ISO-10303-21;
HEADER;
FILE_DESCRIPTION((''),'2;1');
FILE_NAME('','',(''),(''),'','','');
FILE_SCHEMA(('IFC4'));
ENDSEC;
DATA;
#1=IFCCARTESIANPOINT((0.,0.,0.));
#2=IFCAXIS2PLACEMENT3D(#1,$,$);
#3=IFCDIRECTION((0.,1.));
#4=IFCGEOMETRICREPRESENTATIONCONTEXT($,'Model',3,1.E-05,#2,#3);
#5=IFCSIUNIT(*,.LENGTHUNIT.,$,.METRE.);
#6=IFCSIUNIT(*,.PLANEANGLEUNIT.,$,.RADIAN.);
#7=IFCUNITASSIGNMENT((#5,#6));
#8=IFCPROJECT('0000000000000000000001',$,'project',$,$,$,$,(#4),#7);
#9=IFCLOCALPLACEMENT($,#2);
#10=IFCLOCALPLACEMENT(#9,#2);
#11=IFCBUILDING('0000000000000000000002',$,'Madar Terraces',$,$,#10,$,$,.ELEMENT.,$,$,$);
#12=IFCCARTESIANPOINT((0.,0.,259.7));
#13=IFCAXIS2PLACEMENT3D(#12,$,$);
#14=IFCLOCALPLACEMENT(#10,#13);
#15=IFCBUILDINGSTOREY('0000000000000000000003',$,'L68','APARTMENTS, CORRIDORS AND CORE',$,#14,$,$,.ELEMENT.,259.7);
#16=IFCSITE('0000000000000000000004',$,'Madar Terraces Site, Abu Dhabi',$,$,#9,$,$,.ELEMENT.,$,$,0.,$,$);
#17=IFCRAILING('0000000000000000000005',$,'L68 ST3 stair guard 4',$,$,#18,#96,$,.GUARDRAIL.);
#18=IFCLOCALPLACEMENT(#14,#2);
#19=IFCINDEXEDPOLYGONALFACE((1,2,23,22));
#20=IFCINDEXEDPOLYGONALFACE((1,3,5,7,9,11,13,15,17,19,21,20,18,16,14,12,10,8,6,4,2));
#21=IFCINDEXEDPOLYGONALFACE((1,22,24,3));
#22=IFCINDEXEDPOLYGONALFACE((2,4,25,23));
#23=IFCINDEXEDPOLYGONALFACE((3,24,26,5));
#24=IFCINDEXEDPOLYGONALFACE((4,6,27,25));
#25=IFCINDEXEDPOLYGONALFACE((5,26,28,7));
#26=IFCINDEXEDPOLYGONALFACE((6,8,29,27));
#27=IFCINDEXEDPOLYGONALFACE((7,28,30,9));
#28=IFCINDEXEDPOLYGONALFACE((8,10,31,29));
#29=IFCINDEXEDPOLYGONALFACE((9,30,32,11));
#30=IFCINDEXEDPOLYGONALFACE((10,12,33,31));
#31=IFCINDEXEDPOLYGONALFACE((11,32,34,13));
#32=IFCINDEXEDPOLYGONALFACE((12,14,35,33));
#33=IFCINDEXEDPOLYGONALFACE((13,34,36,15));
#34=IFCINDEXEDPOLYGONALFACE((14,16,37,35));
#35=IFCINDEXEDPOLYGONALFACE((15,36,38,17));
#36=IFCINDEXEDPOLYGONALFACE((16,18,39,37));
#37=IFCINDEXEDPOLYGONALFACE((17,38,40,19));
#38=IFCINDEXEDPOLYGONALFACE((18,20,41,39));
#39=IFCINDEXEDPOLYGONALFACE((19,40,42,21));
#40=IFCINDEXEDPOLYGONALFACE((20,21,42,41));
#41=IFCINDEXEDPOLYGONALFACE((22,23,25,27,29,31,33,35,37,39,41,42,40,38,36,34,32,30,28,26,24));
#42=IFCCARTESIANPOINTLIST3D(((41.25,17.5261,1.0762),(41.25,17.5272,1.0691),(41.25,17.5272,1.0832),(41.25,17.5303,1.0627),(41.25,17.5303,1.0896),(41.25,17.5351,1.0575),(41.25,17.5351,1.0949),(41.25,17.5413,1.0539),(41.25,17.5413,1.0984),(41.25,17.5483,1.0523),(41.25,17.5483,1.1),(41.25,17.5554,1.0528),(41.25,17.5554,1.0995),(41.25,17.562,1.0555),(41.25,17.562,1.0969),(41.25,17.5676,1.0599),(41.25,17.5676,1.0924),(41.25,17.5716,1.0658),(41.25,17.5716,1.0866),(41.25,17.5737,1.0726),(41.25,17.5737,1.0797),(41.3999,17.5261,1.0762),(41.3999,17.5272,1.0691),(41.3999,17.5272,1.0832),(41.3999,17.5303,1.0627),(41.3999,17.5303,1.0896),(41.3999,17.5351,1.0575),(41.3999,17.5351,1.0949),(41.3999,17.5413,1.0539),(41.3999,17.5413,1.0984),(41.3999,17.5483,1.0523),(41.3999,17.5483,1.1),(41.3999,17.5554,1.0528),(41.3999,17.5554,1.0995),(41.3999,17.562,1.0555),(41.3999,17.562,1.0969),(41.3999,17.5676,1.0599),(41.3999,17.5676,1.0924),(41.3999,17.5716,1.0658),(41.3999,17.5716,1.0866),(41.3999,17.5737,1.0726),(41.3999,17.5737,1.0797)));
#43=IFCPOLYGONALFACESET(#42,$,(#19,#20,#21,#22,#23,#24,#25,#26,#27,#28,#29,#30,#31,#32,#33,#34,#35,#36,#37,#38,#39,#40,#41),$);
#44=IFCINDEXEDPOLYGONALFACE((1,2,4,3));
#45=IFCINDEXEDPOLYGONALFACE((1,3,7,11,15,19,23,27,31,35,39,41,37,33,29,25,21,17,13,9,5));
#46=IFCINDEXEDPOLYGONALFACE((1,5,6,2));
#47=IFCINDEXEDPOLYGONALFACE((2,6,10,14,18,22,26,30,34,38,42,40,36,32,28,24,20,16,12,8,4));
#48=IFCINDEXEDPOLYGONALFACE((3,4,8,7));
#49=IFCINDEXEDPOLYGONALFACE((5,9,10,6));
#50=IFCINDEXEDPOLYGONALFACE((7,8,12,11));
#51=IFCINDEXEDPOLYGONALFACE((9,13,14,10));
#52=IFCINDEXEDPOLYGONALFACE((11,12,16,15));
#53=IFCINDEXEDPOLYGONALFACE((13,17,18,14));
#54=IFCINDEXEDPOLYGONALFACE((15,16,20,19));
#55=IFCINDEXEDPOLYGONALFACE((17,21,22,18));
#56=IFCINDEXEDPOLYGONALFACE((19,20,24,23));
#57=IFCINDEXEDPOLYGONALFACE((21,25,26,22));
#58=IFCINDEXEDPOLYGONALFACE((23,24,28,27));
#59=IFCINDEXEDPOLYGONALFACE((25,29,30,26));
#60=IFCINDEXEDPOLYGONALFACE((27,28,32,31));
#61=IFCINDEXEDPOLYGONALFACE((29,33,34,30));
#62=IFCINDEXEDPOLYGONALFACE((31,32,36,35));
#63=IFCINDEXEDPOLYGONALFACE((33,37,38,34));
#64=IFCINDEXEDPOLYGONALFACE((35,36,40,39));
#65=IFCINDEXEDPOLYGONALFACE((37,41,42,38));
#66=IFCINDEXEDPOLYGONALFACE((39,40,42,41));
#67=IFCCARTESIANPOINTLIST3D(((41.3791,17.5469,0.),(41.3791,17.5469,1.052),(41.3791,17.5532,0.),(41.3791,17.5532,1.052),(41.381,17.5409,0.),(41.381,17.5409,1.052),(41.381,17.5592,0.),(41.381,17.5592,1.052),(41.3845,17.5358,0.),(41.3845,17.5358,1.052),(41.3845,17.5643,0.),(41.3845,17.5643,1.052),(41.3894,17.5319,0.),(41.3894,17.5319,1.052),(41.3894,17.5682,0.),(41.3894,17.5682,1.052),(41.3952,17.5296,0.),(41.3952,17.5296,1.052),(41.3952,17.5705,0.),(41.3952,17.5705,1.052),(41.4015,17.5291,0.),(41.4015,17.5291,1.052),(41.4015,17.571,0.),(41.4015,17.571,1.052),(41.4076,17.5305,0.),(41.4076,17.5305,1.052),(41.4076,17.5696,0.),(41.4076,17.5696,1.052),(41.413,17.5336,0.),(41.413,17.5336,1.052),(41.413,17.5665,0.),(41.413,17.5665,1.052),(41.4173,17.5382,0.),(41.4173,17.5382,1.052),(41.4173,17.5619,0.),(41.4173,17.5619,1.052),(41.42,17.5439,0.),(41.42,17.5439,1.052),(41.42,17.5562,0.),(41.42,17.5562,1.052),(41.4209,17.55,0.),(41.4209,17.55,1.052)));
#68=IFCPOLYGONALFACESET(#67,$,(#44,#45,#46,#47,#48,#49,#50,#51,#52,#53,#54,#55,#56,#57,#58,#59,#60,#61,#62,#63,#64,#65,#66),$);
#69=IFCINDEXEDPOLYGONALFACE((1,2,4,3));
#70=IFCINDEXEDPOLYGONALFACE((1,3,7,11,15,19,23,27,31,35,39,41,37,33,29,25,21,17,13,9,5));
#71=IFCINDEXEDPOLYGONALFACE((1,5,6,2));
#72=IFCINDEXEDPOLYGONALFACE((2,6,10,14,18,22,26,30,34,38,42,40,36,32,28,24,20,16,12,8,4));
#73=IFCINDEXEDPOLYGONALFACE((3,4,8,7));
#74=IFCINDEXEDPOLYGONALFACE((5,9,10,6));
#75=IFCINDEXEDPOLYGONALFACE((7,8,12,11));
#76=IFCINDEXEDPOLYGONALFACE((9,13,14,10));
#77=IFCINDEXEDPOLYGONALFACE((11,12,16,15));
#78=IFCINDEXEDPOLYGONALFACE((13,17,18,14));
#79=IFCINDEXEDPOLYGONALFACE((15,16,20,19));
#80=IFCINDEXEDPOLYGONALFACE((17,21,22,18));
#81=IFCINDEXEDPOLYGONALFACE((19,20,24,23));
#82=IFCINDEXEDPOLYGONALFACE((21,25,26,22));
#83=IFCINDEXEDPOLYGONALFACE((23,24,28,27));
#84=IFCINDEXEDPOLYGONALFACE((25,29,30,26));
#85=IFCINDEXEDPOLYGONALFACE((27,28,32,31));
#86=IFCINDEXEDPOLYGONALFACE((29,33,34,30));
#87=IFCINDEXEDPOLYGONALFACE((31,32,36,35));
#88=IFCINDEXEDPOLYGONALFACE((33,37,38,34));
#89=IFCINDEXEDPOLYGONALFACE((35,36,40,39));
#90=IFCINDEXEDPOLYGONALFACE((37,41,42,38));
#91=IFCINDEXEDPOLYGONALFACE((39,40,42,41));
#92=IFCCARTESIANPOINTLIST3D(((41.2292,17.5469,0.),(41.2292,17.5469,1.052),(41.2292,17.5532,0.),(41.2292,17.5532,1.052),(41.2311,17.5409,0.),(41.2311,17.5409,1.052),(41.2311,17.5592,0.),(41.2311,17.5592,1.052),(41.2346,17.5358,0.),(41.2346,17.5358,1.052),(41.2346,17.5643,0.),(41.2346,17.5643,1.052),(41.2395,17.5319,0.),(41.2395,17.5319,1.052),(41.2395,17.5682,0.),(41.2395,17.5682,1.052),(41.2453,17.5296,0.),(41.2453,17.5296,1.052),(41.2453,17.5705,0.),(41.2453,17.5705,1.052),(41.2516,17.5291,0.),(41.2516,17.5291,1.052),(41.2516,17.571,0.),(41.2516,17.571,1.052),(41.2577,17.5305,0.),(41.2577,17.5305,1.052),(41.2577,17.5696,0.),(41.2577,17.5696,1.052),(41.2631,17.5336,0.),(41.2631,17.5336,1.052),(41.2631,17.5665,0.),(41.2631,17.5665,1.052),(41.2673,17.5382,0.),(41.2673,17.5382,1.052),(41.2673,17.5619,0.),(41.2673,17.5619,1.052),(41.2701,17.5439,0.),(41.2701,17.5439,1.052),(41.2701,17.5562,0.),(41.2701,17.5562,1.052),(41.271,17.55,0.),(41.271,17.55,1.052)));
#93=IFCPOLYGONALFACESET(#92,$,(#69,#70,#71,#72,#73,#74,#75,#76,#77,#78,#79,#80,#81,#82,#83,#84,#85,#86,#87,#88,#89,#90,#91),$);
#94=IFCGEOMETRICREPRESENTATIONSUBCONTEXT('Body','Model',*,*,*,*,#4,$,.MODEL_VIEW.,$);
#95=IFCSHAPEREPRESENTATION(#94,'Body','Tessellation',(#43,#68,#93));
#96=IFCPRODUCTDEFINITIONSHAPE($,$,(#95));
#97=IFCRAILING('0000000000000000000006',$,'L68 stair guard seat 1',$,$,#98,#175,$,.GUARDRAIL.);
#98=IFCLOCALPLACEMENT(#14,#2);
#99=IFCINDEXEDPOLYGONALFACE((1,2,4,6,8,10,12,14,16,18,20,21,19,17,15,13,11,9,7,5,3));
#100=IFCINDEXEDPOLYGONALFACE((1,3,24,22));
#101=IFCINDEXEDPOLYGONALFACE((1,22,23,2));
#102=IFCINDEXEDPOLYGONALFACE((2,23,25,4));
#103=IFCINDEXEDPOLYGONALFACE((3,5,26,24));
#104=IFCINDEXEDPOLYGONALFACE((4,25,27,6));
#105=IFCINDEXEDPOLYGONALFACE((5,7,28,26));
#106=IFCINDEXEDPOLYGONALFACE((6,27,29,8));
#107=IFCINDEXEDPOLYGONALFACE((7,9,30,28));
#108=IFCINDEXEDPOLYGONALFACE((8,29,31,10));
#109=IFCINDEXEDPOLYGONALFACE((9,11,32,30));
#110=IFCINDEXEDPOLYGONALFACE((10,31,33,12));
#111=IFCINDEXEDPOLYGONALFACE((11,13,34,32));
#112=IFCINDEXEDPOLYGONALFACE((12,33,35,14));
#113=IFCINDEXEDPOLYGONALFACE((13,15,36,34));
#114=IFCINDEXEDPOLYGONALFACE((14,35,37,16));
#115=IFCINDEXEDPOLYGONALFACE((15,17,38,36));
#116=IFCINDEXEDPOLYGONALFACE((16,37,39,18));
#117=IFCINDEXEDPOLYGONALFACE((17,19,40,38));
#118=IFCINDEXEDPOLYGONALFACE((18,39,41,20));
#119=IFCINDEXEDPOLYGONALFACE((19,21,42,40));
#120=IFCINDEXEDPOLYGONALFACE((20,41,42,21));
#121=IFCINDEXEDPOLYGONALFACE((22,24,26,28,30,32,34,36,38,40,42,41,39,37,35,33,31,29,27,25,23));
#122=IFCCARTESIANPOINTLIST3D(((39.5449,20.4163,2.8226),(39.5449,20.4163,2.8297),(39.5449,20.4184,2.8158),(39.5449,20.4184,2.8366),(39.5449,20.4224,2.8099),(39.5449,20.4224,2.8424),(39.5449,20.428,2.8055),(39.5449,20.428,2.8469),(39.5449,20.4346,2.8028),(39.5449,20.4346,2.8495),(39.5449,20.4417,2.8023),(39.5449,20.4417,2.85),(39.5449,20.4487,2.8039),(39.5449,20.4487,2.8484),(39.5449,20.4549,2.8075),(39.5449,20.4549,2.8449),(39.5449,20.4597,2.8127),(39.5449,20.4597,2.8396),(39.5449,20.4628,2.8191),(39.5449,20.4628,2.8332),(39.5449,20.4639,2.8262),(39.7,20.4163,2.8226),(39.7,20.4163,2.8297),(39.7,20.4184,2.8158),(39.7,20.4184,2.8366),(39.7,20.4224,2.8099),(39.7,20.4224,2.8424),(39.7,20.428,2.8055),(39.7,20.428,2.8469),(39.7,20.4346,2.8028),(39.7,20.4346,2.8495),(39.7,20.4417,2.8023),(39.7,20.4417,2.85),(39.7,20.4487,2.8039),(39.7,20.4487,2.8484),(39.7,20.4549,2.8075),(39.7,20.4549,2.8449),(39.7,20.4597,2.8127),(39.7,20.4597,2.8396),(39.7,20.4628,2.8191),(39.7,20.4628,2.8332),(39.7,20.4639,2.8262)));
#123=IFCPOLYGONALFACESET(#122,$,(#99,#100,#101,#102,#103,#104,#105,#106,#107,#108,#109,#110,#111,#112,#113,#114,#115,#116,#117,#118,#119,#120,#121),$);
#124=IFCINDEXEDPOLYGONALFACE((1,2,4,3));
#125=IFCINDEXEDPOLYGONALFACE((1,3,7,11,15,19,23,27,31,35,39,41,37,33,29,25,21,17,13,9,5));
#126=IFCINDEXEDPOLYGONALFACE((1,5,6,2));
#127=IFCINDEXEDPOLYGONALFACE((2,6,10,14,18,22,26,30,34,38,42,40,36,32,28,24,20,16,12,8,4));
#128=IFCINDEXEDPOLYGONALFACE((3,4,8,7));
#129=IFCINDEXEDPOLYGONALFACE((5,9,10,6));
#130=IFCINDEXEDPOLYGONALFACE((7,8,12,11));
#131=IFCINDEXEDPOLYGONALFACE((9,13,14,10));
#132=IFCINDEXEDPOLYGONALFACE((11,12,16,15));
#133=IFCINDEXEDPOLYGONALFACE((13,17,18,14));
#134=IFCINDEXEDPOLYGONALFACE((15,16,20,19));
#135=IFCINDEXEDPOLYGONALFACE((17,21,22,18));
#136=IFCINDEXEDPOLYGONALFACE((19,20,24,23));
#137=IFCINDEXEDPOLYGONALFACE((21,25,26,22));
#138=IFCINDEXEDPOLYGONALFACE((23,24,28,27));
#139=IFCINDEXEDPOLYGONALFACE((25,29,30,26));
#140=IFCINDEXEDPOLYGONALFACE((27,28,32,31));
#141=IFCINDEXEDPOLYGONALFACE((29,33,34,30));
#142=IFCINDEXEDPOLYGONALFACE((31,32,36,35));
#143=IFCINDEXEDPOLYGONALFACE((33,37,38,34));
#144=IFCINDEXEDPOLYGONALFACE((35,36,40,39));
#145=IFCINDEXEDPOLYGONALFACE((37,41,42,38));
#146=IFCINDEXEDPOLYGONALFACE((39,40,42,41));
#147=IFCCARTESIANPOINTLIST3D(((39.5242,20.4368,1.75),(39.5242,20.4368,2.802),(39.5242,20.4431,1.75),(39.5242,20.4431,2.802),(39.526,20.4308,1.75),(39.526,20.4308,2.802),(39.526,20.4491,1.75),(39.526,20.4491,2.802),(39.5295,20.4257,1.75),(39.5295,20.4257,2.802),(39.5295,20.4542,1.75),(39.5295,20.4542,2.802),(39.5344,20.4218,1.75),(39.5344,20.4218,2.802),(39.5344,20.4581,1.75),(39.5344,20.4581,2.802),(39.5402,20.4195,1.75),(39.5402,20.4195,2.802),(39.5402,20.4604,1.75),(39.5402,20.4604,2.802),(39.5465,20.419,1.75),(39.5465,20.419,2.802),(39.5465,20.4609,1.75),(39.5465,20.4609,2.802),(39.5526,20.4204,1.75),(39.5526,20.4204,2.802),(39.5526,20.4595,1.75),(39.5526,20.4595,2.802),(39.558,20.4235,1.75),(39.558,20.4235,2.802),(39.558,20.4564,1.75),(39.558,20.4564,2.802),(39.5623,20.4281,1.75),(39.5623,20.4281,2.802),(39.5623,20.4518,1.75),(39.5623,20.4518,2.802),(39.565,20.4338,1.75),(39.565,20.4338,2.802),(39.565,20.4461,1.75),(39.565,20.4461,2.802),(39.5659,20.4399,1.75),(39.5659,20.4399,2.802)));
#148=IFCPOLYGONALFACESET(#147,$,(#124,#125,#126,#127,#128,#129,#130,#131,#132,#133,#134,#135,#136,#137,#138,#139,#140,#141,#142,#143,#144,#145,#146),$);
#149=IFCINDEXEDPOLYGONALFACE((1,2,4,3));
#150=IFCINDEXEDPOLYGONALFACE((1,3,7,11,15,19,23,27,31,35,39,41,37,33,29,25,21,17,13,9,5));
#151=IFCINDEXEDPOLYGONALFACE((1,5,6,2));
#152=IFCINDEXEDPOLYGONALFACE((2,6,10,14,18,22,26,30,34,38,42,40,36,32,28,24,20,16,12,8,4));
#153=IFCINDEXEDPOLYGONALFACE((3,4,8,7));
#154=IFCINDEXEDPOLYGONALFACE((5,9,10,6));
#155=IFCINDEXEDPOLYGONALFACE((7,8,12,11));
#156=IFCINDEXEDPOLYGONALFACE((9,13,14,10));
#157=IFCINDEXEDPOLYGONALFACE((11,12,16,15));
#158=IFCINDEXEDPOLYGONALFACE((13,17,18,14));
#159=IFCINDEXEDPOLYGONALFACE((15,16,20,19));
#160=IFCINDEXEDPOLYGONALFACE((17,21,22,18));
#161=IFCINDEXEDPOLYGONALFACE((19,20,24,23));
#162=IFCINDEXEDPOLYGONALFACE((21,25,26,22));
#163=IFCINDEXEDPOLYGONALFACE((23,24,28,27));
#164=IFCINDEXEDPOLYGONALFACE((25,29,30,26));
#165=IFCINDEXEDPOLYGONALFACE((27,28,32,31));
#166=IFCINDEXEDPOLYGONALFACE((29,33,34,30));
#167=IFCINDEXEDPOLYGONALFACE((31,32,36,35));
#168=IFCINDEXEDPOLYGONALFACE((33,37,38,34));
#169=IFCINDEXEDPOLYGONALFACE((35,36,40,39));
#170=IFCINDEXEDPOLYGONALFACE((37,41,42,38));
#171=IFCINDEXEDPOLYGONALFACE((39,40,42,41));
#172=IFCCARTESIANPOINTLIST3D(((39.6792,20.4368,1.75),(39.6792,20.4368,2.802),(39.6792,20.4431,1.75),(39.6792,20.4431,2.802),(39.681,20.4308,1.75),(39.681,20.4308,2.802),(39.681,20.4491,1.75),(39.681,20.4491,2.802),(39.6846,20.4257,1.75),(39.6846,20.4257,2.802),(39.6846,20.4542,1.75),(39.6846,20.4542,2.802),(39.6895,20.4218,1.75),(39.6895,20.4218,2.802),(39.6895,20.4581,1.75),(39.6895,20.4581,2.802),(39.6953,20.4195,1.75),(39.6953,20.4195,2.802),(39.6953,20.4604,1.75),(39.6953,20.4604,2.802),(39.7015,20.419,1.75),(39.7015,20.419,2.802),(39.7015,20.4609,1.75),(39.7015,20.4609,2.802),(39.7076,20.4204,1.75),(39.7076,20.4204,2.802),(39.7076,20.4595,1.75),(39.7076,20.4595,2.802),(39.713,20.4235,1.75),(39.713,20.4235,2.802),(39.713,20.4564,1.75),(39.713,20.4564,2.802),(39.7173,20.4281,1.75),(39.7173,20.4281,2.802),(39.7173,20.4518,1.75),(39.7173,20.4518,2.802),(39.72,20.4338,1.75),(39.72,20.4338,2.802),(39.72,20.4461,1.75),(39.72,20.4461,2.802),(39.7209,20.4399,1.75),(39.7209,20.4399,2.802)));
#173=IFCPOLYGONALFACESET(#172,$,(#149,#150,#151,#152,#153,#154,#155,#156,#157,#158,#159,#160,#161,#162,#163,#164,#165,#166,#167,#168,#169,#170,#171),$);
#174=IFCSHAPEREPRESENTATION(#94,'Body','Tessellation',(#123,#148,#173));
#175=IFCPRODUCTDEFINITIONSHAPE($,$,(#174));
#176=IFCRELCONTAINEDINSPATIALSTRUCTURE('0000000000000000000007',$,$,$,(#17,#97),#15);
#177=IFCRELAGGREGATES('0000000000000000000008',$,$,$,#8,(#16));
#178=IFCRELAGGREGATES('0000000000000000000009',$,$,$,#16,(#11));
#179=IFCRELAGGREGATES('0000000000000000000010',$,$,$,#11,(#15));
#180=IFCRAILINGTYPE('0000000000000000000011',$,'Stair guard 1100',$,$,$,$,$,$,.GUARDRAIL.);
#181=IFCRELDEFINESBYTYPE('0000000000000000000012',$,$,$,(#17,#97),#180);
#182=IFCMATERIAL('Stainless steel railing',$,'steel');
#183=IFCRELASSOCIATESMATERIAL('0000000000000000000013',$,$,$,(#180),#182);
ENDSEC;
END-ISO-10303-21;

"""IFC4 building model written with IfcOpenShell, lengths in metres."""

from ifc_helpers import new_model, si_unit, direction, frame, origin, origin_2d, place, context, subcontext, project, spatial, circle, extrude, material, type_object, element, save


model = new_model("IFC4")

# Units and contexts
model_context = context("Model", 3, precision=1e-05, world=origin(), true_north=direction((0.0, 1.0)))
body_context = subcontext(model_context, "Body", "Model", "MODEL_VIEW")
ifc_project = project(units=[si_unit("LENGTHUNIT", "METRE"), si_unit("PLANEANGLEUNIT", "RADIAN")], contexts=[model_context])

# Site, building, storey
site_placement = place(None, origin())
site = spatial("IfcSite", under=ifc_project, at=site_placement, Name="Madar Terraces Site, Abu Dhabi", CompositionType="ELEMENT", RefElevation=0.0)
building_placement = place(site_placement, origin())
building = spatial("IfcBuilding", under=site, at=building_placement, Name="Madar Terraces", CompositionType="ELEMENT")
storey_placement = place(building_placement, frame((0.0, 0.0, 259.7)))
storey = spatial("IfcBuildingStorey", under=building, at=storey_placement, Name="L68", Description="APARTMENTS, CORRIDORS AND CORE", CompositionType="ELEMENT", Elevation=259.7)

# Railings
ifc_material_1 = material(Name="Stainless steel railing", Category="steel")
railing_type_1 = type_object("IfcRailingType", Name="Stair guard 1100", PredefinedType="GUARDRAIL", material=ifc_material_1)
railing_1_placement = place(storey_placement, frame((41.3999, 17.55, 0.0)))
element("IfcRailing", 1, at=railing_1_placement, inside=storey, type_object=railing_type_1, Name="L68 ST3 stair guard 4", PredefinedType="GUARDRAIL", context=body_context, shape_type="SweptSolid", body=[
    extrude(circle(Radius=0.0239, at=origin_2d()), frame((0.0, 0.0, 1.0762), z_axis=(-1.0, 0.0, 0.0), x_axis=(0.0, -1.0, 0.0)), (0.0, 0.0, 1.0), 0.1499),
    extrude(circle(Radius=0.021, at=origin_2d()), origin(), (0.0, 0.0, 1.0), 1.052),
    extrude(circle(Radius=0.021, at=origin_2d()), frame((-0.1499, 0.0, 0.0)), (0.0, 0.0, 1.0), 1.052),
])
for number, where, name in (
    (2, (39.5449, 20.4399, 1.75), "L68 stair guard seat 1"),
):
    element("IfcRailing", number, at=place(storey_placement, frame(where)), inside=storey, type_object=railing_type_1, Name=name, PredefinedType="GUARDRAIL", context=body_context, shape_type="SweptSolid", body=[
        extrude(circle(Radius=0.0239, at=origin_2d()), frame((0.0, 0.0, 1.0762), z_axis=(1.0, 0.0, 0.0), x_axis=(0.0, 1.0, 0.0)), (0.0, 0.0, 1.0), 0.155),
        extrude(circle(Radius=0.021, at=origin_2d()), origin(), (0.0, 0.0, 1.0), 1.052),
        extrude(circle(Radius=0.021, at=origin_2d()), frame((0.155, 0.0, 0.0)), (0.0, 0.0, 1.0), 1.052),
    ])

save(model, "model.ifc")
